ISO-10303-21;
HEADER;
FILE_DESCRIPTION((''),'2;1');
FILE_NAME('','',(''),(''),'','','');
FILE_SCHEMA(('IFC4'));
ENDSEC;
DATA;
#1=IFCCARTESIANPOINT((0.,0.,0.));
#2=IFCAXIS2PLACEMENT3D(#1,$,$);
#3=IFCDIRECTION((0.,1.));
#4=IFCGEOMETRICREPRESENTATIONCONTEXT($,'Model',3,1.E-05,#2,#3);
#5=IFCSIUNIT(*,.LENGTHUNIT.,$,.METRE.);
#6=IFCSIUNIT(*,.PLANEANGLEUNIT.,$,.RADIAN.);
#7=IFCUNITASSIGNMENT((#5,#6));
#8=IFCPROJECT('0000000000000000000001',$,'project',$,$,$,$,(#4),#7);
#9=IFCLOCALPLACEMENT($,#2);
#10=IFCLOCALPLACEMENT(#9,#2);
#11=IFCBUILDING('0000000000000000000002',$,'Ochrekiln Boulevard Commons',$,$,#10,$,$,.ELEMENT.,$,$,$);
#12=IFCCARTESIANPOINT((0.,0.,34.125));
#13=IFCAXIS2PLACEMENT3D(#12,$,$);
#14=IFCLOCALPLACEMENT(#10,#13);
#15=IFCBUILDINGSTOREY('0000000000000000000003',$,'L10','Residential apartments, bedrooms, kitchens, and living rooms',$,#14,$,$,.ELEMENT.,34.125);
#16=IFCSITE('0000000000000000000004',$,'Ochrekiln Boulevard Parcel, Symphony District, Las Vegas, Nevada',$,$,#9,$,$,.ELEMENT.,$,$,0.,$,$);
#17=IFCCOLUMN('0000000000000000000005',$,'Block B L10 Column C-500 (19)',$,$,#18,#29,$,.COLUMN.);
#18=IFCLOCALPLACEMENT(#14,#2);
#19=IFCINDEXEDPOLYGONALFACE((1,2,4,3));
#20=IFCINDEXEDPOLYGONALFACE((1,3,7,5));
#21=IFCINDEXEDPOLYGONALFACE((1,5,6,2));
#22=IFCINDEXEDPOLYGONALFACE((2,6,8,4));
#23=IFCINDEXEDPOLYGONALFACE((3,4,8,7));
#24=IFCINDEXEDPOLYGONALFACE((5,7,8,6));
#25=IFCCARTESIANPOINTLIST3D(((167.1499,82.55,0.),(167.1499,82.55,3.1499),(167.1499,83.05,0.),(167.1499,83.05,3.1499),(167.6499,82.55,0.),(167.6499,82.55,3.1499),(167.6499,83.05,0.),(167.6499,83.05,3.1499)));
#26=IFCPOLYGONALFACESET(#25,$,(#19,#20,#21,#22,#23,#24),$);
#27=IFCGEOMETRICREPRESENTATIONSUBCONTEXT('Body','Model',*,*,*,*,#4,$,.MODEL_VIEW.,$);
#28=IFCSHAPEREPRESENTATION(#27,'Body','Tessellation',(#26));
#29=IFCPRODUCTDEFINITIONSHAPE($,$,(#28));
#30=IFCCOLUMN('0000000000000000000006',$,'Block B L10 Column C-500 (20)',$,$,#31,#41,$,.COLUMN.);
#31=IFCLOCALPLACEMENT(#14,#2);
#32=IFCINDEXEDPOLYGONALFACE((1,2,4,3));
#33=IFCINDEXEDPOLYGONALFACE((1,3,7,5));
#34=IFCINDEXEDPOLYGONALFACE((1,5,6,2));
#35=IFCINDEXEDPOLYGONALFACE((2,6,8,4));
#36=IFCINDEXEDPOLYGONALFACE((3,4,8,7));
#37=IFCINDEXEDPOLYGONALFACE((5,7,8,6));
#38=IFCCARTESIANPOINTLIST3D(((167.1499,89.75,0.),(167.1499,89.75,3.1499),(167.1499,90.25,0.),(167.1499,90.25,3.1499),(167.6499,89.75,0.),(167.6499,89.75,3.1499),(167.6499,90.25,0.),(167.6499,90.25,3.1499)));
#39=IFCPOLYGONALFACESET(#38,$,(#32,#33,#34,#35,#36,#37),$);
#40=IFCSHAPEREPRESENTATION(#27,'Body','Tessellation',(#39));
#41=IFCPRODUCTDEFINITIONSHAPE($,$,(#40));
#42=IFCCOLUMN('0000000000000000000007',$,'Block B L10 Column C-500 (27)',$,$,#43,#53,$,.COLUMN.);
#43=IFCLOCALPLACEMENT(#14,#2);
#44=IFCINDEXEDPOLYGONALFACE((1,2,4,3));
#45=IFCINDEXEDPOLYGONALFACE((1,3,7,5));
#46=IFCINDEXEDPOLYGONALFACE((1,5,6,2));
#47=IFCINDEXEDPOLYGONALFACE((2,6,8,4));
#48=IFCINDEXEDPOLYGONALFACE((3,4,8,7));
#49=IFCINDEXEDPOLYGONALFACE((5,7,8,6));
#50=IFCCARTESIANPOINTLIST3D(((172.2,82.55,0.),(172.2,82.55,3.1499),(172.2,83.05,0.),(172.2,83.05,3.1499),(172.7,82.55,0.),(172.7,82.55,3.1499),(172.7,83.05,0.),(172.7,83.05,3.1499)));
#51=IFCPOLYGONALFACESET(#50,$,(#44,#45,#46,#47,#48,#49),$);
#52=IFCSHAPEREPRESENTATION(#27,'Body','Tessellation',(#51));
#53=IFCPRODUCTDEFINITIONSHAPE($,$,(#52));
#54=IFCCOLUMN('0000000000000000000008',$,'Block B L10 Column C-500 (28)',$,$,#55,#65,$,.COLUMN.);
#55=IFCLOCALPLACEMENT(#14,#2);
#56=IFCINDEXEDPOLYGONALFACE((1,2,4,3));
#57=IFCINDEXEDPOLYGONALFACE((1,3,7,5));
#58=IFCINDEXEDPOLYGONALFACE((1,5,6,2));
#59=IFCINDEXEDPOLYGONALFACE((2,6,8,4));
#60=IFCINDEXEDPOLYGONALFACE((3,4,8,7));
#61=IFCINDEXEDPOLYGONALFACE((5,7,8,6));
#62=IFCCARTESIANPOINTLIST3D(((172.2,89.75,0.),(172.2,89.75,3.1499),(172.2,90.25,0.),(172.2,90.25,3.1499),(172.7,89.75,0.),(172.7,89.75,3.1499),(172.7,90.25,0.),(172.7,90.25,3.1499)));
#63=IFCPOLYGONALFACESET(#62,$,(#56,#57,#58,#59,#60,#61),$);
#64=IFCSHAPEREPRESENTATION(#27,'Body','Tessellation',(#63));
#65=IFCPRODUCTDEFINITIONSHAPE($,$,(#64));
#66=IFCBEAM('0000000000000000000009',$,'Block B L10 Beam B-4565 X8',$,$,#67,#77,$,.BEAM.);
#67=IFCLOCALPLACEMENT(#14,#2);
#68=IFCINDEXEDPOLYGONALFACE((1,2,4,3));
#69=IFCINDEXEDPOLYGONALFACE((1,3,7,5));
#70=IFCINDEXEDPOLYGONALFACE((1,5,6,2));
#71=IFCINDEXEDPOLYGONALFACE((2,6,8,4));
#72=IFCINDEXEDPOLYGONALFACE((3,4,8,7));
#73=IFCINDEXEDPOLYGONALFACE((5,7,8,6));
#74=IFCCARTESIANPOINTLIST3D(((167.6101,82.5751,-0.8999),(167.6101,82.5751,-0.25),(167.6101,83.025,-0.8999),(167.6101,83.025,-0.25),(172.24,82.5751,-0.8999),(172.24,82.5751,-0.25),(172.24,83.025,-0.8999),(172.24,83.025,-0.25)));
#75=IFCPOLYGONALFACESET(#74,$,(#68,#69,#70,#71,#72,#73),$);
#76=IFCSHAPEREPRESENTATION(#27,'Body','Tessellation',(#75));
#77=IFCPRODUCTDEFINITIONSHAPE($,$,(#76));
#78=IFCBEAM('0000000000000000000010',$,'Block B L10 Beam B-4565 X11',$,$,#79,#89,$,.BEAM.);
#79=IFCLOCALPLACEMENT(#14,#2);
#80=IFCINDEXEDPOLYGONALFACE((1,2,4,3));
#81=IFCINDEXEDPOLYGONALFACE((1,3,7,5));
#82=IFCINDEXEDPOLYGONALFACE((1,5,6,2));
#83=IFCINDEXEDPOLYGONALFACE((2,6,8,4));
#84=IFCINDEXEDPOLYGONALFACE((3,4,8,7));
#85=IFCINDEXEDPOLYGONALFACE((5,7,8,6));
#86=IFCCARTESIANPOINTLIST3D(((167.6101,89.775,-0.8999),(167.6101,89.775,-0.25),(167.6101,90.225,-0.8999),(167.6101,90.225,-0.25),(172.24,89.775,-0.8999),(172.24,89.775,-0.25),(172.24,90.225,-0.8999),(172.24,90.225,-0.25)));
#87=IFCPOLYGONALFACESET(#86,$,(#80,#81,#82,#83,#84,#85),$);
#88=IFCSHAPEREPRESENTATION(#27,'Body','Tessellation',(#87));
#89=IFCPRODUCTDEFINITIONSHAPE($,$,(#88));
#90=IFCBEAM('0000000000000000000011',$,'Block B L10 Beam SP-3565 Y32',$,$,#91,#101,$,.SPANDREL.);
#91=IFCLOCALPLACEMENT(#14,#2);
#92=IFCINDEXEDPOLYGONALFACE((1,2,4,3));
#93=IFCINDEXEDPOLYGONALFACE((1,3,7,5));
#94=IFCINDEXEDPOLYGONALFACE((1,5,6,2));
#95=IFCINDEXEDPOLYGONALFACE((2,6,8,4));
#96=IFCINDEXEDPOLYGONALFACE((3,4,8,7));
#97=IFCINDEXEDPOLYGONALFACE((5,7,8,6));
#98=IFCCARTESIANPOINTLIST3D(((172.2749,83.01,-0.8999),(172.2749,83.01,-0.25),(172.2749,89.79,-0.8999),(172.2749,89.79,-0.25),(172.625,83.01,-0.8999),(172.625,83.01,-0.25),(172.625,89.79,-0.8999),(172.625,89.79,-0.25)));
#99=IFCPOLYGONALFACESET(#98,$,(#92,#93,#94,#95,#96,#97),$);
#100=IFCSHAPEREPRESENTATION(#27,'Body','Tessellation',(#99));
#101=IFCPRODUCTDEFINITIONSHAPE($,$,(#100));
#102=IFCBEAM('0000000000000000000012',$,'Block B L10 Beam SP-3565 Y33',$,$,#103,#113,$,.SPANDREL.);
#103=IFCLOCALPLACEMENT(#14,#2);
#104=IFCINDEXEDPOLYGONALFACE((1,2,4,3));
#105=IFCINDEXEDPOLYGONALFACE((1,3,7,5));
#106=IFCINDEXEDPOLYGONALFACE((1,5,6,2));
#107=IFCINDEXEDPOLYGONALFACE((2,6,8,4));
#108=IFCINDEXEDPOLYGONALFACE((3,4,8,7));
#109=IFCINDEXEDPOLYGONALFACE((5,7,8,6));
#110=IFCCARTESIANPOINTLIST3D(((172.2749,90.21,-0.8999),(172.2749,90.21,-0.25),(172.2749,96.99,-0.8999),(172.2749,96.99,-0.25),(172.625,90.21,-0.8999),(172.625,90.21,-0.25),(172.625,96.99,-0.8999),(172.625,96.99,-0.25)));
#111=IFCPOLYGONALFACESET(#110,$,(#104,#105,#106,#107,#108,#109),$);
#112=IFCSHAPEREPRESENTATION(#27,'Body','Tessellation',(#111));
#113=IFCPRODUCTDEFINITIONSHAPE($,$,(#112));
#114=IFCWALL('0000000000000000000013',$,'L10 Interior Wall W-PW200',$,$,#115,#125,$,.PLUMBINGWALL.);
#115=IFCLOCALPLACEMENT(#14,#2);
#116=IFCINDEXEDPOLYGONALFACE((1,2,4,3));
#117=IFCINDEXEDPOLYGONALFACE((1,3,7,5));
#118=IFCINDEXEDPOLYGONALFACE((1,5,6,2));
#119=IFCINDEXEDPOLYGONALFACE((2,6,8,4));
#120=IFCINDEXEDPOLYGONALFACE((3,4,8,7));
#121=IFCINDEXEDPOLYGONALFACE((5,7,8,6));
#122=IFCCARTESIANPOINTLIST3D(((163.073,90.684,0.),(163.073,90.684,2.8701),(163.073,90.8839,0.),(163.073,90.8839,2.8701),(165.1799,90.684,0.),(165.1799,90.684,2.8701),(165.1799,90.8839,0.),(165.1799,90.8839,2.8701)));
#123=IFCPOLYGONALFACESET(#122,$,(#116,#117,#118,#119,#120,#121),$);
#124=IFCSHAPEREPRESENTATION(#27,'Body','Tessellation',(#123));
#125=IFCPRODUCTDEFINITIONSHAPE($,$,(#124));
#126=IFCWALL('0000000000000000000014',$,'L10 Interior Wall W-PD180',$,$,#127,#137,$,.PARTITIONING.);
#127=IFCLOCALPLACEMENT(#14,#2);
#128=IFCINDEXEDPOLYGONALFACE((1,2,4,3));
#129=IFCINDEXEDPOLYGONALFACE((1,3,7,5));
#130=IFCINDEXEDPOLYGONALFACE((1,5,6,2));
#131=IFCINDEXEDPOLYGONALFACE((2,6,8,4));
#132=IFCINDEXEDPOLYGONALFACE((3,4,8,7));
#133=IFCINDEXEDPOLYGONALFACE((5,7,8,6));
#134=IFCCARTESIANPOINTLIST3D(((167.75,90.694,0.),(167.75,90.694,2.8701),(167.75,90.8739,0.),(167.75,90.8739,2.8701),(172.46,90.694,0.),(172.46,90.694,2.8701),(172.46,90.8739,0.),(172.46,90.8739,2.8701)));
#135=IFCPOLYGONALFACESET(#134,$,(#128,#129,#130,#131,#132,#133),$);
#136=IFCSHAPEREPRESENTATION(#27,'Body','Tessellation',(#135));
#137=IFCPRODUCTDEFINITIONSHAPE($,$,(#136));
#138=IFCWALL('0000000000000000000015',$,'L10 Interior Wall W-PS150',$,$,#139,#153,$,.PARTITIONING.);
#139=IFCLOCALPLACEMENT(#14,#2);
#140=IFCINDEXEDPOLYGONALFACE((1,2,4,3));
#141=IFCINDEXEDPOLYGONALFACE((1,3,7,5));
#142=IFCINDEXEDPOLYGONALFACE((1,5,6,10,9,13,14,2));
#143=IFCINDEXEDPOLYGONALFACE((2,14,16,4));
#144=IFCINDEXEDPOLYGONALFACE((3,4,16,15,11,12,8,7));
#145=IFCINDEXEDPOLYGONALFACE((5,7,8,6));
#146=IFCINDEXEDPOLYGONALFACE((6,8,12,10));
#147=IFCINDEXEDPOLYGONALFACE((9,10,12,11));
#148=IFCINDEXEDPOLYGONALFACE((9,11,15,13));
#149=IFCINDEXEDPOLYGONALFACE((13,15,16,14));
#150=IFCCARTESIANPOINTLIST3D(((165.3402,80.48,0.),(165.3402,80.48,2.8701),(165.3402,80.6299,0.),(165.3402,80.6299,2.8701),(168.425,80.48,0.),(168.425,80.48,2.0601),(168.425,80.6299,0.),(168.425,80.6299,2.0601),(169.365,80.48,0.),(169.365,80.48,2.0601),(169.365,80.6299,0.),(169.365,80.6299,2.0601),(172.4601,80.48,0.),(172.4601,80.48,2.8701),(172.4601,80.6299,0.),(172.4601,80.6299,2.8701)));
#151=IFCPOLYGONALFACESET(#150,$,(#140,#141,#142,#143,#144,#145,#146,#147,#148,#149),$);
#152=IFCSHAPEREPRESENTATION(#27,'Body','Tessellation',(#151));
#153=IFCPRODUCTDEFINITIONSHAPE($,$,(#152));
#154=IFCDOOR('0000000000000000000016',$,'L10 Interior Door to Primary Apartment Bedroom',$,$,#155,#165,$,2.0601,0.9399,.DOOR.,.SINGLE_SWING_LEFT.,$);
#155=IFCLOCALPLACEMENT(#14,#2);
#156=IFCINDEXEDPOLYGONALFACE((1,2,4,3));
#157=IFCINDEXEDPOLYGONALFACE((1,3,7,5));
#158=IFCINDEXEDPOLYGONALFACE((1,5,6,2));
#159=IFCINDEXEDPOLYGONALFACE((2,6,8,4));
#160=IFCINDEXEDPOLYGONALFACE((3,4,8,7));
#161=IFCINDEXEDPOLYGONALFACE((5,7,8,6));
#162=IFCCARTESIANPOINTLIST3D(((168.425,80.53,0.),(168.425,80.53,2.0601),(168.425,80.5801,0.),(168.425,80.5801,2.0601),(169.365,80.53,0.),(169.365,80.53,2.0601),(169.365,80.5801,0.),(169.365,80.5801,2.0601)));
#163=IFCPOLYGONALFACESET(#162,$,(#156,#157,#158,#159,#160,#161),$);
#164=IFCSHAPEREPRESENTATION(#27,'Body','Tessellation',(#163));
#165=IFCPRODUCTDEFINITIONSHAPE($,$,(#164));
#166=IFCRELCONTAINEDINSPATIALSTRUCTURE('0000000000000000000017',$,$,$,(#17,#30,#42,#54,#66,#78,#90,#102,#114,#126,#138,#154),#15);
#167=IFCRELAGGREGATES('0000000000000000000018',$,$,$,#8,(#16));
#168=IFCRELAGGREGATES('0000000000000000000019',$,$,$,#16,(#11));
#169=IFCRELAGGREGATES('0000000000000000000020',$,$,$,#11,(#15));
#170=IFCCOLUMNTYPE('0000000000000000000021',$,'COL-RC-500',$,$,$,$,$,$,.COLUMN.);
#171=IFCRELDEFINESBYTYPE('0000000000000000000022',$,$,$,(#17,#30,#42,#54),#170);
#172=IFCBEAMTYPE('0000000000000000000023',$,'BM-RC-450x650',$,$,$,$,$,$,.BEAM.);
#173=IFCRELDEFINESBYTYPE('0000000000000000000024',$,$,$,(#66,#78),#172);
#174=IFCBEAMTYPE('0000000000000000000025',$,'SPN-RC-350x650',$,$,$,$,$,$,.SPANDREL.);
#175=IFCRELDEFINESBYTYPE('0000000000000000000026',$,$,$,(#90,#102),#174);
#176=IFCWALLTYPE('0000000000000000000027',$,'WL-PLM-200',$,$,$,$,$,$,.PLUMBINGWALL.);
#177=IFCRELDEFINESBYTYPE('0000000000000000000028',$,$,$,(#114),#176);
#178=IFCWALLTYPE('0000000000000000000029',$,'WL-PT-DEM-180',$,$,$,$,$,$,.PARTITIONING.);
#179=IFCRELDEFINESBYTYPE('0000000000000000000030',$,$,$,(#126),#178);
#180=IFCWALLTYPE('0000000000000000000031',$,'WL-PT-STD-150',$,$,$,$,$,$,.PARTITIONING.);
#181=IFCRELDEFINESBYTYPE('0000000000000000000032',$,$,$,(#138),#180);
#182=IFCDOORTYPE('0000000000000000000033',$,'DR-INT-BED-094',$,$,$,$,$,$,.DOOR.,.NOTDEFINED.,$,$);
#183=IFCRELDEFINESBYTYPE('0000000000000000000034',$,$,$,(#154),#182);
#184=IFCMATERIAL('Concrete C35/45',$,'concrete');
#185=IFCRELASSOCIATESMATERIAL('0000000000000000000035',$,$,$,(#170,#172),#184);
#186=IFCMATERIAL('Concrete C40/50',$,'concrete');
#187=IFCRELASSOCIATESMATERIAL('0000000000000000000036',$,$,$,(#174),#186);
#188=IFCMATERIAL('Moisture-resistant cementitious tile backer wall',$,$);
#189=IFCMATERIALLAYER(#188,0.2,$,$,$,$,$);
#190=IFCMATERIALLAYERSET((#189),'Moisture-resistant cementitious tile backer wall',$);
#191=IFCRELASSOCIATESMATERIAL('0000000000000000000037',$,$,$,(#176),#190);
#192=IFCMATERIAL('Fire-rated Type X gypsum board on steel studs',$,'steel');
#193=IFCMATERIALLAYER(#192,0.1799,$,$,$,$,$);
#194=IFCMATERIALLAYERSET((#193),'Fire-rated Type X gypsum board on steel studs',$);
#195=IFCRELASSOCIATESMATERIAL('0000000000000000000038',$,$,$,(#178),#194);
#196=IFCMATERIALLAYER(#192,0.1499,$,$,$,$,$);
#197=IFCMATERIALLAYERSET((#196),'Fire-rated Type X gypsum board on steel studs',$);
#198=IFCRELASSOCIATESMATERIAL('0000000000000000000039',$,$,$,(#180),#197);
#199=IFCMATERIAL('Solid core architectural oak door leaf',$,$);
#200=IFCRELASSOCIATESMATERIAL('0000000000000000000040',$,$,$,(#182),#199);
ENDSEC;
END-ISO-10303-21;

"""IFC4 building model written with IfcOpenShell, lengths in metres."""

from ifc_helpers import new_model, si_unit, direction, frame, frame_2d, origin, origin_2d, place, context, subcontext, project, spatial, rectangle, extrude, material, layer, layer_set, material_profile, profile_set, type_object, element, fill, save


model = new_model("IFC4")

# Units and contexts
model_context = context("Model", 3, precision=1e-05, world=origin(), true_north=direction((0.0, 1.0)))
body_context = subcontext(model_context, "Body", "Model", "MODEL_VIEW")
ifc_project = project(units=[si_unit("LENGTHUNIT", "METRE"), si_unit("PLANEANGLEUNIT", "RADIAN")], contexts=[model_context])

# Site, building, storey
site_placement = place(None, origin())
site = spatial("IfcSite", under=ifc_project, at=site_placement, Name="Ochrekiln Boulevard Parcel, Symphony District, Las Vegas, Nevada", CompositionType="ELEMENT", RefElevation=0.0)
building_placement = place(site_placement, origin())
building = spatial("IfcBuilding", under=site, at=building_placement, Name="Ochrekiln Boulevard Commons", CompositionType="ELEMENT")
storey_placement = place(building_placement, frame((0.0, 0.0, 34.125)))
storey = spatial("IfcBuildingStorey", under=building, at=storey_placement, Name="L10", Description="Residential apartments, bedrooms, kitchens, and living rooms", CompositionType="ELEMENT", Elevation=34.125)

# Columns
ifc_material_1 = material(Name="Concrete C35/45", Category="concrete")
ifc_material_profile_1 = material_profile(ifc_material_1, rectangle(XDim=0.5, YDim=0.5, at=origin_2d()), Name="RC-COL-500x500")
ifc_profile_set_1 = profile_set([ifc_material_profile_1], Name="Concrete C35/45")
column_type = type_object("IfcColumnType", Name="COL-RC-500", PredefinedType="COLUMN", material=ifc_profile_set_1)
for number, where, z_axis, x_axis, name in (
    (1, (167.3999, 82.8, 0.0), (0.0, 0.0, 1.0), (1.0, 0.0, 0.0), "Block B L10 Column C-500 (19)"),
    (2, (167.3999, 90.0, 0.0), (0.0, 0.0, 1.0), (1.0, 0.0, 0.0), "Block B L10 Column C-500 (20)"),
    (3, (172.45, 82.8, 0.0), (0.0, 0.0, 1.0), (1.0, 0.0, 0.0), "Block B L10 Column C-500 (27)"),
    (4, (172.45, 90.0, 0.0), (0.0, 0.0, 1.0), (1.0, 0.0, 0.0), "Block B L10 Column C-500 (28)"),
):
    element("IfcColumn", number, at=place(storey_placement, frame(where, z_axis=z_axis, x_axis=x_axis)), inside=storey, type_object=column_type, Name=name, PredefinedType="COLUMN", context=body_context, shape_type="SweptSolid", body=[
        extrude(rectangle(XDim=0.5, YDim=0.5, at=origin_2d()), origin(), (0.0, 0.0, 1.0), 3.1499),
    ])

# Beams
ifc_material_profile_2 = material_profile(ifc_material_1, rectangle(XDim=0.45, YDim=0.6499, at=origin_2d()), Name="RC-BM-450x650")
ifc_profile_set_2 = profile_set([ifc_material_profile_2], Name="Concrete C35/45")
beam_type_1 = type_object("IfcBeamType", Name="BM-RC-450x650", PredefinedType="BEAM", material=ifc_profile_set_2)
for number, where, z_axis, x_axis, name in (
    (5, (167.6101, 82.8, -0.575), (1.0, 0.0, 0.0), (0.0, 1.0, 0.0), "Block B L10 Beam B-4565 X8"),
    (6, (167.6101, 90.0, -0.575), (1.0, 0.0, 0.0), (0.0, 1.0, 0.0), "Block B L10 Beam B-4565 X11"),
):
    element("IfcBeam", number, at=place(storey_placement, frame(where, z_axis=z_axis, x_axis=x_axis)), inside=storey, type_object=beam_type_1, Name=name, PredefinedType="BEAM", context=body_context, shape_type="SweptSolid", body=[
        extrude(rectangle(XDim=0.45, YDim=0.6499, at=origin_2d()), origin(), (0.0, 0.0, 1.0), 4.6299),
    ])
ifc_material_2 = material(Name="Concrete C40/50", Category="concrete")
ifc_material_profile_3 = material_profile(ifc_material_2, rectangle(XDim=0.3501, YDim=0.6499, at=origin_2d()), Name="RC-SPN-350x650")
ifc_profile_set_3 = profile_set([ifc_material_profile_3], Name="Concrete C40/50")
beam_type_2 = type_object("IfcBeamType", Name="SPN-RC-350x650", PredefinedType="SPANDREL", material=ifc_profile_set_3)
for number, where, z_axis, x_axis, name in (
    (7, (172.45, 83.01, -0.575), (0.0, 1.0, 0.0), (-1.0, 0.0, 0.0), "Block B L10 Beam SP-3565 Y32"),
    (8, (172.45, 90.21, -0.575), (0.0, 1.0, 0.0), (-1.0, 0.0, 0.0), "Block B L10 Beam SP-3565 Y33"),
):
    element("IfcBeam", number, at=place(storey_placement, frame(where, z_axis=z_axis, x_axis=x_axis)), inside=storey, type_object=beam_type_2, Name=name, PredefinedType="SPANDREL", context=body_context, shape_type="SweptSolid", body=[
        extrude(rectangle(XDim=0.3501, YDim=0.6499, at=origin_2d()), origin(), (0.0, 0.0, 1.0), 6.78),
    ])

# Walls
ifc_material_3 = material(Name="Moisture-resistant cementitious tile backer wall")
ifc_layer_1 = layer(ifc_material_3, 0.2)
ifc_layer_set_1 = layer_set([ifc_layer_1], Name="Moisture-resistant cementitious tile backer wall")
wall_type_1 = type_object("IfcWallType", Name="WL-PLM-200", PredefinedType="PLUMBINGWALL", material=ifc_layer_set_1)
wall_1_placement = place(storey_placement, frame((163.073, 90.7839, 0.0), z_axis=(0.0, 0.0, 1.0), x_axis=(1.0, 0.0, 0.0)))
element("IfcWall", 9, at=wall_1_placement, inside=storey, type_object=wall_type_1, Name="L10 Interior Wall W-PW200", PredefinedType="PLUMBINGWALL", context=body_context, shape_type="SweptSolid", body=[
    extrude(rectangle(XDim=2.1069, YDim=0.2, at=frame_2d((1.0535, 0.0))), origin(), (0.0, 0.0, 1.0), 2.8701),
])
ifc_material_4 = material(Name="Fire-rated Type X gypsum board on steel studs", Category="steel")
ifc_layer_2 = layer(ifc_material_4, 0.1799)
ifc_layer_set_2 = layer_set([ifc_layer_2], Name="Fire-rated Type X gypsum board on steel studs")
wall_type_2 = type_object("IfcWallType", Name="WL-PT-DEM-180", PredefinedType="PARTITIONING", material=ifc_layer_set_2)
wall_2_placement = place(storey_placement, frame((167.75, 90.7839, 0.0), z_axis=(0.0, 0.0, 1.0), x_axis=(1.0, 0.0, 0.0)))
element("IfcWall", 10, at=wall_2_placement, inside=storey, type_object=wall_type_2, Name="L10 Interior Wall W-PD180", PredefinedType="PARTITIONING", context=body_context, shape_type="SweptSolid", body=[
    extrude(rectangle(XDim=4.71, YDim=0.1799, at=frame_2d((2.355, 0.0))), origin(), (0.0, 0.0, 1.0), 2.8701),
])

# Wall, opening, door
ifc_layer_3 = layer(ifc_material_4, 0.1499)
ifc_layer_set_3 = layer_set([ifc_layer_3], Name="Fire-rated Type X gypsum board on steel studs")
wall_type_3 = type_object("IfcWallType", Name="WL-PT-STD-150", PredefinedType="PARTITIONING", material=ifc_layer_set_3)
wall_3_placement = place(storey_placement, frame((165.3401, 80.5549, 0.0), z_axis=(0.0, 0.0, 1.0), x_axis=(1.0, 0.0, 0.0)))
wall_3 = element("IfcWall", 11, at=wall_3_placement, inside=storey, type_object=wall_type_3, Name="L10 Interior Wall W-PS150", PredefinedType="PARTITIONING", context=body_context, shape_type="SweptSolid", body=[
    extrude(rectangle(XDim=7.1199, YDim=0.1499, at=frame_2d((3.5601, 0.0))), origin(), (0.0, 0.0, 1.0), 2.8701),
])
opening_1_placement = place(wall_3_placement, frame((3.085, 0.0, 0.0)))
opening_1 = element("IfcOpeningElement", 12, at=opening_1_placement, cuts=wall_3, PredefinedType="OPENING", context=body_context, shape_type="SweptSolid", body=[
    extrude(rectangle(XDim=0.9399, YDim=2.0601, at=frame_2d((0.47, 1.03))), frame((0.0, 0.085, 0.0), z_axis=(0.0, -1.0, 0.0), x_axis=(1.0, 0.0, 0.0)), (0.0, 0.0, 1.0), 0.1699),
])
ifc_material_5 = material(Name="Solid core architectural oak door leaf")
door_type_1 = type_object("IfcDoorType", Name="DR-INT-BED-094", OperationType="NOTDEFINED", PredefinedType="DOOR", material=ifc_material_5)
door_1_placement = place(opening_1_placement, frame((0.9399, 0.0, 0.0), z_axis=(0.0, 0.0, 1.0), x_axis=(-1.0, 0.0, 0.0)))
door_1 = element("IfcDoor", 13, at=door_1_placement, inside=storey, type_object=door_type_1, Name="L10 Interior Door to Primary Apartment Bedroom", OperationType="SINGLE_SWING_LEFT", OverallHeight=2.0601, OverallWidth=0.9399, PredefinedType="DOOR", context=body_context, shape_type="SweptSolid", body=[
    extrude(rectangle(XDim=0.9399, YDim=2.0601, at=frame_2d((0.47, 1.03))), frame((0.0, 0.0249, 0.0), z_axis=(0.0, -1.0, 0.0), x_axis=(1.0, 0.0, 0.0)), (0.0, 0.0, 1.0), 0.05),
])
fill(opening_1, door_1)

save(model, "model.ifc")
